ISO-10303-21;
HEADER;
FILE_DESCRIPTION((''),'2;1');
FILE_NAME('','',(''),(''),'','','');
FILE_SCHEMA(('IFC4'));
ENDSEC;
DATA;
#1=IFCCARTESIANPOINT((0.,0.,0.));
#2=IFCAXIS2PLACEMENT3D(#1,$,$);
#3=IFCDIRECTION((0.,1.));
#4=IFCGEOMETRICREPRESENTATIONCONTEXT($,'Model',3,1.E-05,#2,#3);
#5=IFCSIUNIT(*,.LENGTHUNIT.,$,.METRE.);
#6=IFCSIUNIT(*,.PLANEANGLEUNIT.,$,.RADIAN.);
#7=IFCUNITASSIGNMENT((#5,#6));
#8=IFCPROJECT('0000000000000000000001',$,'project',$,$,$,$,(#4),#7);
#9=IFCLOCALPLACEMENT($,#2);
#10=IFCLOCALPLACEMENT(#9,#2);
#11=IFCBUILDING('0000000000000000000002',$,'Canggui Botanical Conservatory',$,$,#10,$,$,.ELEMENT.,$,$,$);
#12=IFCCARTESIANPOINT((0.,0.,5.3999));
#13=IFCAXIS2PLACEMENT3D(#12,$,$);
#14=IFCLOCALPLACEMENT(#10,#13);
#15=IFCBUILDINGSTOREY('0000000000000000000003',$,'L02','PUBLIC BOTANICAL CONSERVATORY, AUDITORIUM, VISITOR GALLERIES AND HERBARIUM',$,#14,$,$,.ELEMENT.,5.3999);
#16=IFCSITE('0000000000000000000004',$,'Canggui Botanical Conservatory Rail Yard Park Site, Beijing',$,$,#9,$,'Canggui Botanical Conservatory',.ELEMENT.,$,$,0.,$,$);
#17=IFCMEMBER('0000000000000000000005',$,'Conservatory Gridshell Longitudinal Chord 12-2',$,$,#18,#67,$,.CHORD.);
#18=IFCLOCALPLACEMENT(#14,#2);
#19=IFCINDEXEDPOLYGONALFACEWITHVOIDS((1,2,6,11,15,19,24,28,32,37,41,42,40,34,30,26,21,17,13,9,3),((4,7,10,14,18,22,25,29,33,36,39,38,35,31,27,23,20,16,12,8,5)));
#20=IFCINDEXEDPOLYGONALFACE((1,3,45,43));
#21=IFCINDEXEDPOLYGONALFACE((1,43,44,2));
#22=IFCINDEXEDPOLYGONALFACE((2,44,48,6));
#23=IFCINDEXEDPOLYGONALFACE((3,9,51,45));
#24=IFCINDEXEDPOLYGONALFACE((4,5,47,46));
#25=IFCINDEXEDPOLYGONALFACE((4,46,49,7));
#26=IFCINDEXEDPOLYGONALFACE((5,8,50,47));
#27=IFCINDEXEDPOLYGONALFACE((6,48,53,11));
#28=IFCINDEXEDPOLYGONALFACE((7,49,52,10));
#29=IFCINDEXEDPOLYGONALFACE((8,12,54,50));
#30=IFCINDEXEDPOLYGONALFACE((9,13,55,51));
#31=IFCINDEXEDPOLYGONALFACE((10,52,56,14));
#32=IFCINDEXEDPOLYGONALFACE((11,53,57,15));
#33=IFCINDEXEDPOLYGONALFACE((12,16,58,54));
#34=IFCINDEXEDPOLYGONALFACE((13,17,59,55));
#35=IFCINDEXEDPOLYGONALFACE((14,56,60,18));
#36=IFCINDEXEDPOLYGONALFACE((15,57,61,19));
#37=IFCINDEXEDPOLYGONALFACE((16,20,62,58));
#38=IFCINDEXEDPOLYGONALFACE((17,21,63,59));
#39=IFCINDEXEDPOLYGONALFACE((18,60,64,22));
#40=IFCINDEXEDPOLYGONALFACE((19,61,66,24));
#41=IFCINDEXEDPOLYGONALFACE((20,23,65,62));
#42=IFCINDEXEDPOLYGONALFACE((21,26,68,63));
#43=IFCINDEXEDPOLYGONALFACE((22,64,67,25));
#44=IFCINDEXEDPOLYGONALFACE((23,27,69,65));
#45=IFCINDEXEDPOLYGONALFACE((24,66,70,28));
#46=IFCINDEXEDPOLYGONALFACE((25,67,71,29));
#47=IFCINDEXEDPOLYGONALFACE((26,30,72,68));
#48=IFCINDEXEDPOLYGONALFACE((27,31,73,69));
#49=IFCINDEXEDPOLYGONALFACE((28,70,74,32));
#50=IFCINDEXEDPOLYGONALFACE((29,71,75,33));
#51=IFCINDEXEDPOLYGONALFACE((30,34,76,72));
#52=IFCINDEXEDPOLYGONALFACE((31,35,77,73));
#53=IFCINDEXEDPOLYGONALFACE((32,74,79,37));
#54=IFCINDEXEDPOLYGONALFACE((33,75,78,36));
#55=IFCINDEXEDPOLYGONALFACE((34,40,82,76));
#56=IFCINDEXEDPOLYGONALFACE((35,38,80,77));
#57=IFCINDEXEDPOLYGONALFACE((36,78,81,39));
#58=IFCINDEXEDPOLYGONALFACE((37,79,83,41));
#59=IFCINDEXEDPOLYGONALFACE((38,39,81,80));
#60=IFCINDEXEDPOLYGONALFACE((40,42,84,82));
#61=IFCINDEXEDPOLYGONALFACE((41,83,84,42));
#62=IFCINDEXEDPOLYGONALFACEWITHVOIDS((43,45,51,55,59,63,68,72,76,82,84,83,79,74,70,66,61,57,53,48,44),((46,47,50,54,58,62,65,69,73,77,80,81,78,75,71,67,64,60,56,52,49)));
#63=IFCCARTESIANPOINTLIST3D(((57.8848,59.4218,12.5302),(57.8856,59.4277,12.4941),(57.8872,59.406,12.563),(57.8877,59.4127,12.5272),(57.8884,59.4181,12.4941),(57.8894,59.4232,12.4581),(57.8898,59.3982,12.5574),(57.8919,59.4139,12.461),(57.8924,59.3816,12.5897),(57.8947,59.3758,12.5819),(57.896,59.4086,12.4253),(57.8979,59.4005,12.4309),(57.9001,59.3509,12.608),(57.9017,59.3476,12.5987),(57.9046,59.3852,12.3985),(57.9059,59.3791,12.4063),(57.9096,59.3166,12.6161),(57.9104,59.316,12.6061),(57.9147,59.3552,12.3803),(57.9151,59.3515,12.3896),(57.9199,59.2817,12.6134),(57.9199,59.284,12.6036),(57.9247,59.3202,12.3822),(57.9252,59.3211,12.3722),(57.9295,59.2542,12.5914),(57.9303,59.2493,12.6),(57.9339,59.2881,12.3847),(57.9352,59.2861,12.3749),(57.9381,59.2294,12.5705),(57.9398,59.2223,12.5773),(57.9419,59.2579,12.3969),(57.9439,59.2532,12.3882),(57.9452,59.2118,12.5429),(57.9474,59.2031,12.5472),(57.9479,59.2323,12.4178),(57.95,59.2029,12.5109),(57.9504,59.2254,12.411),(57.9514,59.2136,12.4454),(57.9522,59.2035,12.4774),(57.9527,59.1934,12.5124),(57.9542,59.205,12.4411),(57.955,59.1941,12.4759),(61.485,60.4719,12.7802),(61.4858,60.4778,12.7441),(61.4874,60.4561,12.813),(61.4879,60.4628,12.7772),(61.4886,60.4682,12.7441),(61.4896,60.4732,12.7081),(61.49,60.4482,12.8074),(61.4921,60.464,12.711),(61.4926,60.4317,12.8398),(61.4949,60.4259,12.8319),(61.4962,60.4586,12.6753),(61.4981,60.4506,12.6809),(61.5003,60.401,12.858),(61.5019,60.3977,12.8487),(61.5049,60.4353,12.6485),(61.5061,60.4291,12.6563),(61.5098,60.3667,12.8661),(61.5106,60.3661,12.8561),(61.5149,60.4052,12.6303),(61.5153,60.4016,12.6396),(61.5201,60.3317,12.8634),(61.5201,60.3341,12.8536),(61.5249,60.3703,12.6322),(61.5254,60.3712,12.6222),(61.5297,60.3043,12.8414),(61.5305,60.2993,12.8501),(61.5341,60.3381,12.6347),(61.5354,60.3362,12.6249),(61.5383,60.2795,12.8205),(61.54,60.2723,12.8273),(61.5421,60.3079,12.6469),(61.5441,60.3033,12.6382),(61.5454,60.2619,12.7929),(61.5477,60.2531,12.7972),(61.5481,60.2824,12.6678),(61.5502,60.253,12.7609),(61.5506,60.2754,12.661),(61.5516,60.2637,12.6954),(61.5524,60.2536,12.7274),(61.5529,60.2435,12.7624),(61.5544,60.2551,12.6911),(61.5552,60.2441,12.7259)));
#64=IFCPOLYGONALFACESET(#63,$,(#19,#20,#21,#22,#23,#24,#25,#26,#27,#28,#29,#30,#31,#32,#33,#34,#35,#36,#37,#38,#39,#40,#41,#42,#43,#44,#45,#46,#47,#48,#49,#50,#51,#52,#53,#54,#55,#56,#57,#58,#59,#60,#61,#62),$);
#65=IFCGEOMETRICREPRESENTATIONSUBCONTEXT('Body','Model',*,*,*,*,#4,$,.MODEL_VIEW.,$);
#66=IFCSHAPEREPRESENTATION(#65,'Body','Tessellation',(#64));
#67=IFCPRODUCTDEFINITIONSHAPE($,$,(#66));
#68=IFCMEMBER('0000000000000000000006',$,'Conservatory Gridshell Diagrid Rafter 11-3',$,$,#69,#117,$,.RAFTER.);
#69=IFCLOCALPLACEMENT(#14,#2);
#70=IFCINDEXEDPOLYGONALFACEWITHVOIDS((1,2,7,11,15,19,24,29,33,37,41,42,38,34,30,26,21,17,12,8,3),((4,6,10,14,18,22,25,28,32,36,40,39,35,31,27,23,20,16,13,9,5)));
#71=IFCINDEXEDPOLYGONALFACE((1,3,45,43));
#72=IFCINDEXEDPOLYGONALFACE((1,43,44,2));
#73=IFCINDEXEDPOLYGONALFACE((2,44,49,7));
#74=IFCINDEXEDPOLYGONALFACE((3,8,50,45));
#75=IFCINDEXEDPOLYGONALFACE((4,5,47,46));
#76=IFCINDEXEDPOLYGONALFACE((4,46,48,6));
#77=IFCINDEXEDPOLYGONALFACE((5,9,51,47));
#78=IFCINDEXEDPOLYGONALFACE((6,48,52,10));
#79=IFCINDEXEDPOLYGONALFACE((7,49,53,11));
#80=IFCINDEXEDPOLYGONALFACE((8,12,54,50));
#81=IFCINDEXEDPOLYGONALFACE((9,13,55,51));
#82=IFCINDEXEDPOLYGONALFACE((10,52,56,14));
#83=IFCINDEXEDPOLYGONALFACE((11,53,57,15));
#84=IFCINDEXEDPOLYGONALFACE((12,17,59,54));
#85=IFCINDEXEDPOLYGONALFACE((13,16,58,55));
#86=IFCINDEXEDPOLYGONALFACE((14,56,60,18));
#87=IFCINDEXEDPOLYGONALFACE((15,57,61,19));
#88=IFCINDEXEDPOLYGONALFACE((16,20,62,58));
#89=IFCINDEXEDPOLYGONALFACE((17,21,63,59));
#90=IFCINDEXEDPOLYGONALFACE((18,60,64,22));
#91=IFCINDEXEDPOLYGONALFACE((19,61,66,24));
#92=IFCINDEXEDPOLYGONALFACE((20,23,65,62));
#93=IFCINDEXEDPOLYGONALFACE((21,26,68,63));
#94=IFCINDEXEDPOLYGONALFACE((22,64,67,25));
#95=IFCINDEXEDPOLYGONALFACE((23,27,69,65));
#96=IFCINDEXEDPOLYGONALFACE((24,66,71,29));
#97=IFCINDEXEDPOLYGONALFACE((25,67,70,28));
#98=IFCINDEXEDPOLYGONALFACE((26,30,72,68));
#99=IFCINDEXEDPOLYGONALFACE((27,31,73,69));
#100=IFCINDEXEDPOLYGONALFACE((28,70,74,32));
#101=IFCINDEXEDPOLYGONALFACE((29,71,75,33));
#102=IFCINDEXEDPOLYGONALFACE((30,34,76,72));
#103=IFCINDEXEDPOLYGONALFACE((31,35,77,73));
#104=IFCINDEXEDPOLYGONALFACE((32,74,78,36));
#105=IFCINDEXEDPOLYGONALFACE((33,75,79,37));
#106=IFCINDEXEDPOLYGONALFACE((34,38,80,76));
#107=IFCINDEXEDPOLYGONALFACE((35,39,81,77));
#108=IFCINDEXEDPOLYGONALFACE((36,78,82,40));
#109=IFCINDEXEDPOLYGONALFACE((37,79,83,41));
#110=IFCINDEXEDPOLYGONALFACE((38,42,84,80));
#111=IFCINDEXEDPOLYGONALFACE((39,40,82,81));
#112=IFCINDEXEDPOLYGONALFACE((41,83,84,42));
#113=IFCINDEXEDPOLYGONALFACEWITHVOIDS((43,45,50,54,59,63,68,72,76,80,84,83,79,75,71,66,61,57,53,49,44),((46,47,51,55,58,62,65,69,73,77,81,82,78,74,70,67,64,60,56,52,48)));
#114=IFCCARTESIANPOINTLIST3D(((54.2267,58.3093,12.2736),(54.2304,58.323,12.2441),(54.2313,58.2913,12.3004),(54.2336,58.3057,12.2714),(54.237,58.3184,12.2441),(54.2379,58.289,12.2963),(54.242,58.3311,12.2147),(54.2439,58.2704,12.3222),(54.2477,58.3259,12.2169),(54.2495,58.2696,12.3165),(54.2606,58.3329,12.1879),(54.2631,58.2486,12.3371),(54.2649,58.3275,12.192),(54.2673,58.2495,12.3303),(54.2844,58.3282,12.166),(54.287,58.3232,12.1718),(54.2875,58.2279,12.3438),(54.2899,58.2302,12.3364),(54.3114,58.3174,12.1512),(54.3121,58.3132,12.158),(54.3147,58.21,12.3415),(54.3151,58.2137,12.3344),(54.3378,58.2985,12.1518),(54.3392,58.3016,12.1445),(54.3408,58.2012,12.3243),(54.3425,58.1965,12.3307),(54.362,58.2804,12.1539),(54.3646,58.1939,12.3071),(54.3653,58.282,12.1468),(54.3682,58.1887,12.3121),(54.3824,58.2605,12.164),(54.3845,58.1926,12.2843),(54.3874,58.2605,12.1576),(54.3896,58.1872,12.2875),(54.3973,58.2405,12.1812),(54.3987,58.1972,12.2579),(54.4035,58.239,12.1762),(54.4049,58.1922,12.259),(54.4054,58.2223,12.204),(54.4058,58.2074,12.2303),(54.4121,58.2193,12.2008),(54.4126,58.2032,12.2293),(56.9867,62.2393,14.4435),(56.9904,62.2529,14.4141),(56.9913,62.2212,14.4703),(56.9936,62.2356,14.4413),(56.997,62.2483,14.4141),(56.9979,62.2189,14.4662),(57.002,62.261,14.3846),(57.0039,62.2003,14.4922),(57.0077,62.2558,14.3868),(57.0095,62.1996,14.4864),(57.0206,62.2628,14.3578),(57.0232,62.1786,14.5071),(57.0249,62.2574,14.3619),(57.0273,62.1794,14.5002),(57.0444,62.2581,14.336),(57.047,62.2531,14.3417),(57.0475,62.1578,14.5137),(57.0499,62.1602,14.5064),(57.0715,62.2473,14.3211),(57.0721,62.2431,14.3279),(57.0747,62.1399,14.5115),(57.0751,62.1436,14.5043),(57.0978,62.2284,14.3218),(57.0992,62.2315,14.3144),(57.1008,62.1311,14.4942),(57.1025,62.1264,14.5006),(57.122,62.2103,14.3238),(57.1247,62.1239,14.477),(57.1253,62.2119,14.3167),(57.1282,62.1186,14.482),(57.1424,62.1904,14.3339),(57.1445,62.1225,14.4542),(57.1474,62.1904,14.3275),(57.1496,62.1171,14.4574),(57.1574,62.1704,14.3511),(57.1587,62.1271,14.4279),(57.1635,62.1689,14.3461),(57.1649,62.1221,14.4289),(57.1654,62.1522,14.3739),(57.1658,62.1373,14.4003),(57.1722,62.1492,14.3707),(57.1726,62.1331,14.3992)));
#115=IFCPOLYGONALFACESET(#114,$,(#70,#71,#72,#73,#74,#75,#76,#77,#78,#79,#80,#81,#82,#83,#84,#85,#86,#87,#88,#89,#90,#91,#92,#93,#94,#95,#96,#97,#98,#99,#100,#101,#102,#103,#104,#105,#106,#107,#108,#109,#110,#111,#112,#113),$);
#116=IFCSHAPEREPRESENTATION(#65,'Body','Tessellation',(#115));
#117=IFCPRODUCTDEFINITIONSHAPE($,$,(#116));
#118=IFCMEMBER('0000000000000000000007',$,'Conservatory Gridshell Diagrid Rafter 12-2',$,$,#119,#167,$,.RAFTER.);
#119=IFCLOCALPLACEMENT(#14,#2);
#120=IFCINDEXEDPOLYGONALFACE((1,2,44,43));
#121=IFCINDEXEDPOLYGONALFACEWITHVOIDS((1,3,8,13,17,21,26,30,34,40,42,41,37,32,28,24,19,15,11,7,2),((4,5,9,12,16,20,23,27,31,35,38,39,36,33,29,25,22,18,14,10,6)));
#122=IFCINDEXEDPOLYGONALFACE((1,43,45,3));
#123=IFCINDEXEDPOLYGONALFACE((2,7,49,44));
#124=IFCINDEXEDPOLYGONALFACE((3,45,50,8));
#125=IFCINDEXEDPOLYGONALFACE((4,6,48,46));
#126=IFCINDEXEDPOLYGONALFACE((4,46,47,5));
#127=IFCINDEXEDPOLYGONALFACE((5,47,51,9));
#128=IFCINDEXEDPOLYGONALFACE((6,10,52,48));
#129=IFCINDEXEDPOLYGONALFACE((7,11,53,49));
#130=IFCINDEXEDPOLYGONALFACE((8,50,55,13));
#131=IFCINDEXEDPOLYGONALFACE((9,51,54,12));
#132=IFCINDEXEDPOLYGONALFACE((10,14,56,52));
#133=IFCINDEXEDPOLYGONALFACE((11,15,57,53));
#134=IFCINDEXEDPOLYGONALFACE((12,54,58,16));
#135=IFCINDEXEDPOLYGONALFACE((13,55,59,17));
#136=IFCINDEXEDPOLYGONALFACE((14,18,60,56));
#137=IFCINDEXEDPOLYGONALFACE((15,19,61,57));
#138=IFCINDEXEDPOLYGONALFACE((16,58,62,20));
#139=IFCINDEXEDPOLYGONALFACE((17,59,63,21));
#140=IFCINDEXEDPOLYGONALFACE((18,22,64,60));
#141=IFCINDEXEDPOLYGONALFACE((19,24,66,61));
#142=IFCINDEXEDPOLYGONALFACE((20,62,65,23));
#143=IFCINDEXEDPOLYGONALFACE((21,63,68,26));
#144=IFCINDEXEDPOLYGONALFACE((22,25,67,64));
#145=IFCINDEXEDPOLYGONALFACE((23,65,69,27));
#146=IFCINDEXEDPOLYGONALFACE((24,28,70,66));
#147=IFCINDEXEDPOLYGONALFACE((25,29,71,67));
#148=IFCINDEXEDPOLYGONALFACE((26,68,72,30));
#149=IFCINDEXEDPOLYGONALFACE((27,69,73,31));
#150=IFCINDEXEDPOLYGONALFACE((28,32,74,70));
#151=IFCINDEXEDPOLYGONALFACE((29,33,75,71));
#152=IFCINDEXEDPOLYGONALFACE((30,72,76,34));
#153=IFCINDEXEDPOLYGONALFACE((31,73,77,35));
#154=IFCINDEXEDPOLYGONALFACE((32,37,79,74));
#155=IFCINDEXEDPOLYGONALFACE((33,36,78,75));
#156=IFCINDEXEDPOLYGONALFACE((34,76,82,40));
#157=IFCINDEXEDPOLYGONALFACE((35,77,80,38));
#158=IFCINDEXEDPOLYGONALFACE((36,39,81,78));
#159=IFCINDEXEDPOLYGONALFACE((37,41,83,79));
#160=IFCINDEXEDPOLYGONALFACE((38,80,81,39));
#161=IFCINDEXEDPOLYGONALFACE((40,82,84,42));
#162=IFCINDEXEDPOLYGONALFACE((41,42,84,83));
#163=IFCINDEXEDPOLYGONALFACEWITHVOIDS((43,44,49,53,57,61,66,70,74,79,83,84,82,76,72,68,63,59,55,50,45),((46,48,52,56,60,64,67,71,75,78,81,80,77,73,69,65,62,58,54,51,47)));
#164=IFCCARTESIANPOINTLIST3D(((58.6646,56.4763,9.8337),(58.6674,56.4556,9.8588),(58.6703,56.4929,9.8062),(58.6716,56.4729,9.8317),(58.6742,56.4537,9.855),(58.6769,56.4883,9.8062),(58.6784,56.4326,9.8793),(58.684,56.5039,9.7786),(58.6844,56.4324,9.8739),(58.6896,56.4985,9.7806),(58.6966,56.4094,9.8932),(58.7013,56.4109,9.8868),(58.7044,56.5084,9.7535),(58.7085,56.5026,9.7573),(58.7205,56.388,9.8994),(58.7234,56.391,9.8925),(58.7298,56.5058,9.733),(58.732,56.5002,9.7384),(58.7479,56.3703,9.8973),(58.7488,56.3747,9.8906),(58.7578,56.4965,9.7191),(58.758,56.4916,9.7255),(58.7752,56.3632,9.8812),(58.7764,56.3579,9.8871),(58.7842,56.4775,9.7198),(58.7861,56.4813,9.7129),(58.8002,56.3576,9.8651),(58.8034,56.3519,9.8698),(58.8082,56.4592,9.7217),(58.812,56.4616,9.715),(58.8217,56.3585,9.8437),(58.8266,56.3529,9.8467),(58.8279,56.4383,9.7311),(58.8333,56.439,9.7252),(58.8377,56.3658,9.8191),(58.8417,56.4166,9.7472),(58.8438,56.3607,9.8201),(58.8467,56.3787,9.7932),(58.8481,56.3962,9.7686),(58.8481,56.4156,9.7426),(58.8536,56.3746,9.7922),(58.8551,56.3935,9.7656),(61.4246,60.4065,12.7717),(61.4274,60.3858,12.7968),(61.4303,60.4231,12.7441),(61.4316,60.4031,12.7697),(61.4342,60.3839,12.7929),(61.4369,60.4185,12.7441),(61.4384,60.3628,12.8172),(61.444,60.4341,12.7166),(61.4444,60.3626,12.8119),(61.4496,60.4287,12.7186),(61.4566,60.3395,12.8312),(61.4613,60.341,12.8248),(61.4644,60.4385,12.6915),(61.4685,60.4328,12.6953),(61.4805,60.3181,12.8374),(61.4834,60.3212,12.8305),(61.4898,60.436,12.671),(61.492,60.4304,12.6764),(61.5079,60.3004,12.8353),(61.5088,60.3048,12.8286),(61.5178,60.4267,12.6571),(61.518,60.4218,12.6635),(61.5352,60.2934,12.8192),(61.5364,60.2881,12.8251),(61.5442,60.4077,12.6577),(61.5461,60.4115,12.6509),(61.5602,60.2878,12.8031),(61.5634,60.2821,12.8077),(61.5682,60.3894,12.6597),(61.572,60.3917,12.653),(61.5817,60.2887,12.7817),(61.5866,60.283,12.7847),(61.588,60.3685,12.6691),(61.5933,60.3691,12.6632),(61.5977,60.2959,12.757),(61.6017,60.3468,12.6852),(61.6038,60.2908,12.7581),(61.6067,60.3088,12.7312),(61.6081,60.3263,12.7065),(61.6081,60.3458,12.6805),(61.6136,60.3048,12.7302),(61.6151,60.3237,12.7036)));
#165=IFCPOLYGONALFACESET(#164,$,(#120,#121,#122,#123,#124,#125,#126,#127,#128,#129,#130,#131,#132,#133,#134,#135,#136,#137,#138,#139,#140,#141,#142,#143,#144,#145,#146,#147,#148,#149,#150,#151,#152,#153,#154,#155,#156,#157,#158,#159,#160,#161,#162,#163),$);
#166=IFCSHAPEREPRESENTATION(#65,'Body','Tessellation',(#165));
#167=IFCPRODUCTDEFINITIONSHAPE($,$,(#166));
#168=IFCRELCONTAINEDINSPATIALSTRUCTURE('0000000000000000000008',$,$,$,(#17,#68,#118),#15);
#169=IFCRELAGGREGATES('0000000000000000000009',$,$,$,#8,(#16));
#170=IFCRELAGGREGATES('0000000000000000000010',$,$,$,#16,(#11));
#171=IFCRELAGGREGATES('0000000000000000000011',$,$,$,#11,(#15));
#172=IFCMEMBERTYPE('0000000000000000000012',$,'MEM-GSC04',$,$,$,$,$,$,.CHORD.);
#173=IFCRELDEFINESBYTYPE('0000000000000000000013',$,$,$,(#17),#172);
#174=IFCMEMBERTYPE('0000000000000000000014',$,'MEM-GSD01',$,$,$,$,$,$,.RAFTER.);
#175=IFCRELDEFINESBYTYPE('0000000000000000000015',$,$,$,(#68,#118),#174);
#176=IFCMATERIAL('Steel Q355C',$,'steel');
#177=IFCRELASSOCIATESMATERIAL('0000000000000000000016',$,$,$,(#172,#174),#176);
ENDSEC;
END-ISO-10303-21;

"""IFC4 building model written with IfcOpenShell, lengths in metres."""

from ifc_helpers import new_model, si_unit, direction, frame, origin, origin_2d, place, context, subcontext, project, spatial, hollow_circle, extrude, material, material_profile, profile_set, type_object, element, save


model = new_model("IFC4")

# Units and contexts
model_context = context("Model", 3, precision=1e-05, world=origin(), true_north=direction((0.0, 1.0)))
body_context = subcontext(model_context, "Body", "Model", "MODEL_VIEW")
ifc_project = project(units=[si_unit("LENGTHUNIT", "METRE"), si_unit("PLANEANGLEUNIT", "RADIAN")], contexts=[model_context])

# Site, building, storey
site_placement = place(None, origin())
site = spatial("IfcSite", under=ifc_project, at=site_placement, Name="Canggui Botanical Conservatory Rail Yard Park Site, Beijing", LongName="Canggui Botanical Conservatory", CompositionType="ELEMENT", RefElevation=0.0)
building_placement = place(site_placement, origin())
building = spatial("IfcBuilding", under=site, at=building_placement, Name="Canggui Botanical Conservatory", CompositionType="ELEMENT")
storey_placement = place(building_placement, frame((0.0, 0.0, 5.3999)))
storey = spatial("IfcBuildingStorey", under=building, at=storey_placement, Name="L02", Description="PUBLIC BOTANICAL CONSERVATORY, AUDITORIUM, VISITOR GALLERIES AND HERBARIUM", CompositionType="ELEMENT", Elevation=5.3999)

# Shared definitions
ifc_material_1 = material(Name="Steel Q355C", Category="steel")

# Members
ifc_material_profile_1 = material_profile(ifc_material_1, hollow_circle(Radius=0.1226, WallThickness=0.01, at=origin_2d()), Name="CHS 245x10")
ifc_profile_set_1 = profile_set([ifc_material_profile_1], Name="Steel Q355C")
member_type_1 = type_object("IfcMemberType", Name="MEM-GSC04", PredefinedType="CHORD", material=ifc_profile_set_1)
member_1_placement = place(storey_placement, frame((57.9199, 59.3101, 12.4941), z_axis=(0.957872, 0.279385, 0.066517), x_axis=(-0.280005, 0.959999, 0.0)))
element("IfcMember", 1, at=member_1_placement, inside=storey, type_object=member_type_1, Name="Conservatory Gridshell Longitudinal Chord 12-2", PredefinedType="CHORD", context=body_context, shape_type="SweptSolid", body=[
    extrude(hollow_circle(Radius=0.1226, WallThickness=0.01, at=origin_2d()), origin(), (0.0, 0.0, 1.0), 3.7585),
])
ifc_material_profile_2 = material_profile(ifc_material_1, hollow_circle(Radius=0.1096, WallThickness=0.0081, at=origin_2d()), Name="CHS 219x8")
ifc_profile_set_2 = profile_set([ifc_material_profile_2], Name="Steel Q355C")
member_type_2 = type_object("IfcMemberType", Name="MEM-GSD01", PredefinedType="RAFTER", material=ifc_profile_set_2)
member_2_placement = place(storey_placement, frame((54.3201, 58.26, 12.2441), z_axis=(0.523743, 0.745749, 0.411767), x_axis=(-0.818345, 0.574728, 0.0)))
element("IfcMember", 2, at=member_2_placement, inside=storey, type_object=member_type_2, Name="Conservatory Gridshell Diagrid Rafter 11-3", PredefinedType="RAFTER", context=body_context, shape_type="SweptSolid", body=[
    extrude(hollow_circle(Radius=0.1096, WallThickness=0.0081, at=origin_2d()), origin(), (0.0, 0.0, 1.0), 5.2698),
])
member_3_placement = place(storey_placement, frame((58.76, 56.4299, 9.8062), z_axis=(0.490242, 0.69809, 0.521855), x_axis=(-0.818362, 0.574704, 0.0)))
element("IfcMember", 3, at=member_3_placement, inside=storey, type_object=member_type_2, Name="Conservatory Gridshell Diagrid Rafter 12-2", PredefinedType="RAFTER", context=body_context, shape_type="SweptSolid", body=[
    extrude(hollow_circle(Radius=0.1096, WallThickness=0.0081, at=origin_2d()), origin(), (0.0, 0.0, 1.0), 5.6299),
])

save(model, "model.ifc")
